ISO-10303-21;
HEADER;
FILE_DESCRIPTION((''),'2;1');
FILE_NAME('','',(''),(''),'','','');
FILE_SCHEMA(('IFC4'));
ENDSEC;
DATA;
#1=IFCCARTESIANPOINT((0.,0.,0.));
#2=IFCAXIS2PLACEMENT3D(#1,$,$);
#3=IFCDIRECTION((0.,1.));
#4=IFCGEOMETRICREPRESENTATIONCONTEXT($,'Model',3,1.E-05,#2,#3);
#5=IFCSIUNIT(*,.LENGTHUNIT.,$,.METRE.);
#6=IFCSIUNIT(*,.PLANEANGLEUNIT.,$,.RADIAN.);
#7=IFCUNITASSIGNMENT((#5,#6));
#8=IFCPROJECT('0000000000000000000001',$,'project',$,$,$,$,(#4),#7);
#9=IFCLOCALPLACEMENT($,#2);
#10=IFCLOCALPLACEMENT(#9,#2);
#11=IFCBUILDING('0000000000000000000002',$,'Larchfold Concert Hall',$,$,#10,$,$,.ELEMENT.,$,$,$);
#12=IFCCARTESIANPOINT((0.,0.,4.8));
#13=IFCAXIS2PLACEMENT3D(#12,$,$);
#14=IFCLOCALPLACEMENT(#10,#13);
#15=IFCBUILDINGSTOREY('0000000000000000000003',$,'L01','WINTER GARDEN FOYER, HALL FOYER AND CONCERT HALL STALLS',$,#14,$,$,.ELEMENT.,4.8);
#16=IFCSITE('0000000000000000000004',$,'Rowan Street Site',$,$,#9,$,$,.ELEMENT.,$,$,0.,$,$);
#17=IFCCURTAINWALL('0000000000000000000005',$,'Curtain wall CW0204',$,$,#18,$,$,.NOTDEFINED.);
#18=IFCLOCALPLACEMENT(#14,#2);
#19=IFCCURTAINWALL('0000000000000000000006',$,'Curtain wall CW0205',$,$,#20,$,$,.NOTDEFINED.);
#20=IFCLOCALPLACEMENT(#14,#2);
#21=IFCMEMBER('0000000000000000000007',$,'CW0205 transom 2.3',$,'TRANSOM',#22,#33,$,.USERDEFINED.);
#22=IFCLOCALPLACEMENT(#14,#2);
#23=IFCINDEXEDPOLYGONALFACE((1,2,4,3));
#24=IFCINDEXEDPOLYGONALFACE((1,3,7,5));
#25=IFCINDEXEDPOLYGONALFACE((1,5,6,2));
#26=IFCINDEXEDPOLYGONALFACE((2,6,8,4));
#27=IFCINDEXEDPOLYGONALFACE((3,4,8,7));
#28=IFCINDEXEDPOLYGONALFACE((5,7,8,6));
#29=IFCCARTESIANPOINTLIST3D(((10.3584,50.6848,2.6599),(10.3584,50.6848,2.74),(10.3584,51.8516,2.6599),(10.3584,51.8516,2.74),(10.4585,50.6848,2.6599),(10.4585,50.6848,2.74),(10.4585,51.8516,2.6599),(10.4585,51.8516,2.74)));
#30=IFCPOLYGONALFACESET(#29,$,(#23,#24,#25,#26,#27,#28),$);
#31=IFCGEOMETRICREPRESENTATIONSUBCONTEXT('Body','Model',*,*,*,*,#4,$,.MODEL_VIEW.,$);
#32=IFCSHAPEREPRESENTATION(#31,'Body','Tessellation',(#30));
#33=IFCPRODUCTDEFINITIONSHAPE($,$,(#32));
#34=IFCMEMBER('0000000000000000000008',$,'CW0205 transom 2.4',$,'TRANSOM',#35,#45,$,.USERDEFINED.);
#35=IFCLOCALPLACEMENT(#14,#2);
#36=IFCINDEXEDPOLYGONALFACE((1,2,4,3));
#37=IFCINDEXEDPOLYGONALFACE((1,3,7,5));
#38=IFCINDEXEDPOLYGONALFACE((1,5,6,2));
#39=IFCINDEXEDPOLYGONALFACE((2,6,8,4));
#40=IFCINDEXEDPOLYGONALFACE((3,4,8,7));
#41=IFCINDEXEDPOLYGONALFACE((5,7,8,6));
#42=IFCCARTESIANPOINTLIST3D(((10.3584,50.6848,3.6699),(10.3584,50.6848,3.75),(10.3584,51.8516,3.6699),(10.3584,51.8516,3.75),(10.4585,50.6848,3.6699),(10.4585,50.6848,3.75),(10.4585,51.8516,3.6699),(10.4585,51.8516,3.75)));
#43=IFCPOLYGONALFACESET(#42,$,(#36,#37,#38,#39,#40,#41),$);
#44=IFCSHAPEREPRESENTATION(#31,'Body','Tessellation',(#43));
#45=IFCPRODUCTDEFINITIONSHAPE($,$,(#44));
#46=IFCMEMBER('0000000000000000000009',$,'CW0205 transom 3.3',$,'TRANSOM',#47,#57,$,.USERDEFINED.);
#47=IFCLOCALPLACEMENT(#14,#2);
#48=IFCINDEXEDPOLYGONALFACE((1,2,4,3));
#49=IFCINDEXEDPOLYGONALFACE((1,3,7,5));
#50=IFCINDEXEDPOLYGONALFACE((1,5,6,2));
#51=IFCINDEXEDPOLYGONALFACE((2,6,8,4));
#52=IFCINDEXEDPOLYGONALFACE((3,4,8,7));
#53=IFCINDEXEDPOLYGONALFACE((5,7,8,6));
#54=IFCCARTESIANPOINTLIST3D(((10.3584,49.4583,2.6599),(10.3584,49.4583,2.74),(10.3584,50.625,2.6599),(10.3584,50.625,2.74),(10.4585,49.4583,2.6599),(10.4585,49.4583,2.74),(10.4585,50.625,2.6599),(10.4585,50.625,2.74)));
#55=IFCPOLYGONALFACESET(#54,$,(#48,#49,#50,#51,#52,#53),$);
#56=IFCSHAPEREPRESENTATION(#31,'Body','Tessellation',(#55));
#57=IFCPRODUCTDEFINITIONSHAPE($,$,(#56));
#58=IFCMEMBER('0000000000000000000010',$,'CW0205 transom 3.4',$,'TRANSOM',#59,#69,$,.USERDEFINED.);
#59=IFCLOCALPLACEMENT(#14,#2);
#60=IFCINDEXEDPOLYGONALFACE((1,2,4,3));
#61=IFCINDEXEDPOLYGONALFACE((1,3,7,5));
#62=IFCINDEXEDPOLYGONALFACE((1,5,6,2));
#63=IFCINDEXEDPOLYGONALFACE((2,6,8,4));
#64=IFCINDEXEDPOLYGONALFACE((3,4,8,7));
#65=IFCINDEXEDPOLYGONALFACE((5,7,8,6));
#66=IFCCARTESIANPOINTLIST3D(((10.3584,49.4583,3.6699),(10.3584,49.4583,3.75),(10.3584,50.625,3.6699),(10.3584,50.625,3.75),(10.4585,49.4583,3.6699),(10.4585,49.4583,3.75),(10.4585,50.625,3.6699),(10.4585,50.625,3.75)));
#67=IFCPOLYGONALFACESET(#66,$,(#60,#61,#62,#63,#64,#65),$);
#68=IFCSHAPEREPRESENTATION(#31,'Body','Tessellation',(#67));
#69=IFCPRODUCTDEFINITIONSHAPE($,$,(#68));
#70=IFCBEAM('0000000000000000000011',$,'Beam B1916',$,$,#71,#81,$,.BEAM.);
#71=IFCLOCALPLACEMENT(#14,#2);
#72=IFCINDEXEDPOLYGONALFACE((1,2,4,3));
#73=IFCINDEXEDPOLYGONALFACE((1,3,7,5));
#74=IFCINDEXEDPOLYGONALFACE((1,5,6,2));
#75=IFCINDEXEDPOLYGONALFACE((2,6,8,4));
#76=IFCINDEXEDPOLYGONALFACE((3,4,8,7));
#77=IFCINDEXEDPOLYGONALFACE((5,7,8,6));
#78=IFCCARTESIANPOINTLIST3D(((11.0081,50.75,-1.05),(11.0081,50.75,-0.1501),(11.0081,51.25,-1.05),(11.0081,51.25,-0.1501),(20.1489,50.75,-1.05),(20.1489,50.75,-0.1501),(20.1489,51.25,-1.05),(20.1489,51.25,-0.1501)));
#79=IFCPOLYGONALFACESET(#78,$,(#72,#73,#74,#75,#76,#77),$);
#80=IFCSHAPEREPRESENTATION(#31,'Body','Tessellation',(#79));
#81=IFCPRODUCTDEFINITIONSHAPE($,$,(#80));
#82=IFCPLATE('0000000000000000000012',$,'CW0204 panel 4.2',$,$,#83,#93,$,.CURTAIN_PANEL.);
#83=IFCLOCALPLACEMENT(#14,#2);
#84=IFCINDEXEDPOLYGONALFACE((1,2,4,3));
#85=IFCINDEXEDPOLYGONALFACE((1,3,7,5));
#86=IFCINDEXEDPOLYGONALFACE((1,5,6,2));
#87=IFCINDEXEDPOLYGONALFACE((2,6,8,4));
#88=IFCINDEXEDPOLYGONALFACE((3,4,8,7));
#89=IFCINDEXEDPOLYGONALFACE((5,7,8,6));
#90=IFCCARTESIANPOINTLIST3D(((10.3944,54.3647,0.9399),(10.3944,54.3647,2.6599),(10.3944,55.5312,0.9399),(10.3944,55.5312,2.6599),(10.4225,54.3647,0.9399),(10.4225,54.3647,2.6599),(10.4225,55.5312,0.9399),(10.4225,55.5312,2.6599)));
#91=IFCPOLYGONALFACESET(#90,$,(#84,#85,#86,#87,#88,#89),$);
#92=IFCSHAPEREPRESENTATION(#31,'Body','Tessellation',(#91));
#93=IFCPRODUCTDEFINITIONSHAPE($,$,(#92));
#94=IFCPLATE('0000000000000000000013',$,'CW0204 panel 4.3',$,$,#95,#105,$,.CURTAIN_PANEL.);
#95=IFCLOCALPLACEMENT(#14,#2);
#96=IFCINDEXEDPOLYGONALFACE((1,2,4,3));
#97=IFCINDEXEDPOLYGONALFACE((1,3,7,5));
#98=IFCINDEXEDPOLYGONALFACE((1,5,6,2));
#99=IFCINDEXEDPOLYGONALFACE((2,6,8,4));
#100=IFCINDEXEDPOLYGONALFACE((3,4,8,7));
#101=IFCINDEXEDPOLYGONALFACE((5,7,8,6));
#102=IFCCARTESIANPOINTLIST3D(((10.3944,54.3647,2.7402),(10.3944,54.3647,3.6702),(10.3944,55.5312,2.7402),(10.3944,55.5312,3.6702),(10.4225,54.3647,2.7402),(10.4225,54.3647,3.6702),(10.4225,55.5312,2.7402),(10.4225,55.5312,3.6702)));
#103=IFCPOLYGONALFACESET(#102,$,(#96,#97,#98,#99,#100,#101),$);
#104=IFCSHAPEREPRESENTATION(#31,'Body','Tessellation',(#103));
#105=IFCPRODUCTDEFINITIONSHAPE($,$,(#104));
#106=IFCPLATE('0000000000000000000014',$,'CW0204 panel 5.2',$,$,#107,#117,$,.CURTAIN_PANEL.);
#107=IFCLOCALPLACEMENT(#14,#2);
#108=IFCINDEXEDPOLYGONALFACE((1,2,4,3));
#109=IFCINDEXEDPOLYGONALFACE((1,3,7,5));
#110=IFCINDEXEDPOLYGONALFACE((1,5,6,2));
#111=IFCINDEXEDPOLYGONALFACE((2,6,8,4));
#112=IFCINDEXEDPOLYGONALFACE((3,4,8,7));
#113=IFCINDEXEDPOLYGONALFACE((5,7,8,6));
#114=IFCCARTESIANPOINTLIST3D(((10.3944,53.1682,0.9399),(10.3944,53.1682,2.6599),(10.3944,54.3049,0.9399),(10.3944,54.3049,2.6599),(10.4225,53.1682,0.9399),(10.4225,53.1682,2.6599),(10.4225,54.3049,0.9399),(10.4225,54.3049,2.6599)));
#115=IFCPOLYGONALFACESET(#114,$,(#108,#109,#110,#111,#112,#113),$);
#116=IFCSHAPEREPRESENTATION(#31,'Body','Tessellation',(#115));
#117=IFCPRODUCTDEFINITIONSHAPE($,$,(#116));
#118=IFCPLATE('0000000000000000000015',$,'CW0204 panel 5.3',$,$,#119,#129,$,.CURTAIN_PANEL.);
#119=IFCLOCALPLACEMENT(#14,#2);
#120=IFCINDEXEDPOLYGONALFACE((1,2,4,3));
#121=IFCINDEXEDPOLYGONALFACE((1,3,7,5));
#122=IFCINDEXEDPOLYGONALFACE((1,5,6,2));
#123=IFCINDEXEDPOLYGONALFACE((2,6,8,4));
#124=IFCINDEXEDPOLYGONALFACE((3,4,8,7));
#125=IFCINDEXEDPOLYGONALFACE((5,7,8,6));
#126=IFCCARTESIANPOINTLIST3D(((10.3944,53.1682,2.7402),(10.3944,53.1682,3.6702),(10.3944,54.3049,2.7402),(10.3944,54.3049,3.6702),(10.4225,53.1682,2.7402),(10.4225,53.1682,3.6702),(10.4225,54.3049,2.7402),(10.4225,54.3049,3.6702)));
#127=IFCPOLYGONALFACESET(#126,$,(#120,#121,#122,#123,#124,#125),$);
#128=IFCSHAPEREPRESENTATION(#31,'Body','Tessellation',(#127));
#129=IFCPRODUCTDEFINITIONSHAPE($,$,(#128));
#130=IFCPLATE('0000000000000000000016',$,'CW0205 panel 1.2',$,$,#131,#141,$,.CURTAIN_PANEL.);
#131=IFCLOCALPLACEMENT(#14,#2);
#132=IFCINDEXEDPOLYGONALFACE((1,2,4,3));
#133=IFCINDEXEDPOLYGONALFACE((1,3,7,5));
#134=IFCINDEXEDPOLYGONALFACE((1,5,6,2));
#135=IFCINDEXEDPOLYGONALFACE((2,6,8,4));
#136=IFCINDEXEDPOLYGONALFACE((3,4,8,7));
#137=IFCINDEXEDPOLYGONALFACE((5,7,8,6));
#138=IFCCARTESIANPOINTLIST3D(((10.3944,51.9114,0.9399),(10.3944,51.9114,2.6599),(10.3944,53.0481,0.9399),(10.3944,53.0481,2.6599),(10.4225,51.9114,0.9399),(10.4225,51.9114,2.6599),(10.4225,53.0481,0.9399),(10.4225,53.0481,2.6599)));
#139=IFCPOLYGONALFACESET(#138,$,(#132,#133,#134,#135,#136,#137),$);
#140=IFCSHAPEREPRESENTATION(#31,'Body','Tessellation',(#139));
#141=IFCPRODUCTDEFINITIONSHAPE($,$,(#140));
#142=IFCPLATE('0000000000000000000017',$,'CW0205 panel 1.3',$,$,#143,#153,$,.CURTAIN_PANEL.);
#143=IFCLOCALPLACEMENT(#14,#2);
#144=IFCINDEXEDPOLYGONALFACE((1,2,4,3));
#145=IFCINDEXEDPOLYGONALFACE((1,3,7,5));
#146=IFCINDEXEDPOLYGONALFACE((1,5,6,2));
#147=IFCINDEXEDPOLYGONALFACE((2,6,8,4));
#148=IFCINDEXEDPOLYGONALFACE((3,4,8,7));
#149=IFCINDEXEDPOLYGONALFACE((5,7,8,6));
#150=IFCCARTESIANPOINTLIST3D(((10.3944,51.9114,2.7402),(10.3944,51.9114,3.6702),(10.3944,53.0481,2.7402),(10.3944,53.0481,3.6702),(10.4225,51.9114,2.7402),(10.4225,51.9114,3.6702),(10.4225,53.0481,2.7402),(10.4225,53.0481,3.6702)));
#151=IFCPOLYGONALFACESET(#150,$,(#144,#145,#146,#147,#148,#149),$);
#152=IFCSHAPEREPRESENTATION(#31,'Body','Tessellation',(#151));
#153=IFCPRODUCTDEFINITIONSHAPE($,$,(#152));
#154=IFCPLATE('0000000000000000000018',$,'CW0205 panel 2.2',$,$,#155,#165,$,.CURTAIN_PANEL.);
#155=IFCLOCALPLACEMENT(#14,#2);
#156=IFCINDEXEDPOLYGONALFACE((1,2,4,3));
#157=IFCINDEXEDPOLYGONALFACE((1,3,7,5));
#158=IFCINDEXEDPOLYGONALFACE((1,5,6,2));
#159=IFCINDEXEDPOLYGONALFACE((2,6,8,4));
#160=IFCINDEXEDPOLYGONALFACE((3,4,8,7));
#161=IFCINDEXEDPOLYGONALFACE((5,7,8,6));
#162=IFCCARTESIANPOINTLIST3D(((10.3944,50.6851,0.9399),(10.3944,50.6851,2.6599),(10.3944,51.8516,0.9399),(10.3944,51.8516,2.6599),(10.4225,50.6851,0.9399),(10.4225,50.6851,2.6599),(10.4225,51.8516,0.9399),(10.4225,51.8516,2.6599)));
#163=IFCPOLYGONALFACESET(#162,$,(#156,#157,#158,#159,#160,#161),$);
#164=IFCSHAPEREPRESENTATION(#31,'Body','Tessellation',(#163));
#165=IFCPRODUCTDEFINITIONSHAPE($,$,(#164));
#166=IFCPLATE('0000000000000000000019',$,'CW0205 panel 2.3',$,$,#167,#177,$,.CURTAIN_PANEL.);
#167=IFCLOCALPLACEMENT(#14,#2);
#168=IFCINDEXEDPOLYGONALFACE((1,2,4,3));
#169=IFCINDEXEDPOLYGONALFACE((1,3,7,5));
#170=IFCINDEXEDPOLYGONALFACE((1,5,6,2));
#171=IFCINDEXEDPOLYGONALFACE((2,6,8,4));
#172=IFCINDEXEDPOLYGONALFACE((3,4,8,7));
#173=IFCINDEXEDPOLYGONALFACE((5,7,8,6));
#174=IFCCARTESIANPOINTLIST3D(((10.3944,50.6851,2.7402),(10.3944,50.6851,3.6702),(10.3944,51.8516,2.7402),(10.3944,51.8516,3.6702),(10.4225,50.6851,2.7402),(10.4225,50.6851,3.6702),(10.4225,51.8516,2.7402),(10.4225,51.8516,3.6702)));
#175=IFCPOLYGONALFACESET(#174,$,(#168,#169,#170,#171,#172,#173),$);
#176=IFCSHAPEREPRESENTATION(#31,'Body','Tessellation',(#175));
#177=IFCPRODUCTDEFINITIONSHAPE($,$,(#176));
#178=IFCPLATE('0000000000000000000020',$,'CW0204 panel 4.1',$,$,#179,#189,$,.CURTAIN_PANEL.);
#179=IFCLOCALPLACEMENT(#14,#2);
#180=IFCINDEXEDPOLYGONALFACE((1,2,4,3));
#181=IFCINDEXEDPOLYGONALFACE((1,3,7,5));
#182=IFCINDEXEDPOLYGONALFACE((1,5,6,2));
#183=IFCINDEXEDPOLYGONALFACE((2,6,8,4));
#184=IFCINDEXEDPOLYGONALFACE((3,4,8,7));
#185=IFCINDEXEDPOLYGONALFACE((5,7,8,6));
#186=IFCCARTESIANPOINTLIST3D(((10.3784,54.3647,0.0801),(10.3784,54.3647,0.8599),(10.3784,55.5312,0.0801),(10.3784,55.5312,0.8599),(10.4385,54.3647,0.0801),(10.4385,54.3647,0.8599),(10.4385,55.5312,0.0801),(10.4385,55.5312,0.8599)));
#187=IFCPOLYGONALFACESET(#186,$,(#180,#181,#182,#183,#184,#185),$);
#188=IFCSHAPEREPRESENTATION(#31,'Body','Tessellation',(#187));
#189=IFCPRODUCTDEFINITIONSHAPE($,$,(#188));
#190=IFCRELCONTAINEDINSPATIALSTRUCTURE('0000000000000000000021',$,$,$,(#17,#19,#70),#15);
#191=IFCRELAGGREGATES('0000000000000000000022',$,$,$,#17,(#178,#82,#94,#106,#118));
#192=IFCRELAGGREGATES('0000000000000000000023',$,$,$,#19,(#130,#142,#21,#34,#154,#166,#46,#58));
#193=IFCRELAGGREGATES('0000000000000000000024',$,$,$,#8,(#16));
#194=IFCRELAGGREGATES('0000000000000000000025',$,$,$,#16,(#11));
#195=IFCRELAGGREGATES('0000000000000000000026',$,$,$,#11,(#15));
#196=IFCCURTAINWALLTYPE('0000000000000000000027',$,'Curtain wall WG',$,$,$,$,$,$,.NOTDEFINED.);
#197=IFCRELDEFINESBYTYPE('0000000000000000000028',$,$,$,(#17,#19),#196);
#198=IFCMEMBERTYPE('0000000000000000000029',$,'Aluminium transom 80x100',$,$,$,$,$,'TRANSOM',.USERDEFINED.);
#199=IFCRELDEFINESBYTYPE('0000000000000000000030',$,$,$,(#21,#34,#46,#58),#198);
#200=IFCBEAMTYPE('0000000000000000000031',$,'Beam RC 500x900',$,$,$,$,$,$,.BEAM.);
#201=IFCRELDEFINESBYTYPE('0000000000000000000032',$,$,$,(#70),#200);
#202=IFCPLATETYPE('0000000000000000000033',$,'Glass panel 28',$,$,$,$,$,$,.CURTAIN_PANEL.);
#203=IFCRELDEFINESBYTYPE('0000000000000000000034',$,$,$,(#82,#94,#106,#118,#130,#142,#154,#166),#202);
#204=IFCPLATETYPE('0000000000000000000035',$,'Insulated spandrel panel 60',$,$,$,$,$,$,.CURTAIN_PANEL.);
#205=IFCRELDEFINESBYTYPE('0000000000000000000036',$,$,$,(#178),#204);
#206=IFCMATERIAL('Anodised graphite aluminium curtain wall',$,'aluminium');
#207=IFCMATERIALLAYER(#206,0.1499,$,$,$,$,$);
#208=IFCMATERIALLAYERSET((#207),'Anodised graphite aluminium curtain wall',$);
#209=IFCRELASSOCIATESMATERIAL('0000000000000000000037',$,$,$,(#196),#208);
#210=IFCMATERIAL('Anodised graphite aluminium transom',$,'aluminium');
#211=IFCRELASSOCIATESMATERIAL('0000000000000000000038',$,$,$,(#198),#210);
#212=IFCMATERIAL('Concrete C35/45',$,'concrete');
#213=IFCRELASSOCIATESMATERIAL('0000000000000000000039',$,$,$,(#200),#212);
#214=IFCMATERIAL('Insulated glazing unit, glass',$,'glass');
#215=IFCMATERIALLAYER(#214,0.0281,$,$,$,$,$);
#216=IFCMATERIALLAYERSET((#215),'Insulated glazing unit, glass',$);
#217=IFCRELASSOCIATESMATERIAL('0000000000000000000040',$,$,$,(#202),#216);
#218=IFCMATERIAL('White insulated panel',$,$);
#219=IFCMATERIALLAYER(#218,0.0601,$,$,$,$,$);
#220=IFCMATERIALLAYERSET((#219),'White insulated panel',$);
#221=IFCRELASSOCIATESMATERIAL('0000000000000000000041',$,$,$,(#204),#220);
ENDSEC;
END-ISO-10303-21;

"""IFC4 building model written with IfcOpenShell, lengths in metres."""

from ifc_helpers import new_model, si_unit, direction, frame, origin, origin_2d, place, context, subcontext, project, spatial, rectangle, extrude, material, layer, layer_set, material_profile, profile_set, type_object, element, aggregate, save


model = new_model("IFC4")

# Units and contexts
model_context = context("Model", 3, precision=1e-05, world=origin(), true_north=direction((0.0, 1.0)))
body_context = subcontext(model_context, "Body", "Model", "MODEL_VIEW")
ifc_project = project(units=[si_unit("LENGTHUNIT", "METRE"), si_unit("PLANEANGLEUNIT", "RADIAN")], contexts=[model_context])

# Site, building, storey
site_placement = place(None, origin())
site = spatial("IfcSite", under=ifc_project, at=site_placement, Name="Rowan Street Site", CompositionType="ELEMENT", RefElevation=0.0)
building_placement = place(site_placement, origin())
building = spatial("IfcBuilding", under=site, at=building_placement, Name="Larchfold Concert Hall", CompositionType="ELEMENT")
storey_placement = place(building_placement, frame((0.0, 0.0, 4.8)))
storey = spatial("IfcBuildingStorey", under=building, at=storey_placement, Name="L01", Description="WINTER GARDEN FOYER, HALL FOYER AND CONCERT HALL STALLS", CompositionType="ELEMENT", Elevation=4.8)

# Curtain walls
ifc_material_1 = material(Name="Anodised graphite aluminium curtain wall", Category="aluminium")
ifc_layer_1 = layer(ifc_material_1, 0.1499)
ifc_layer_set_1 = layer_set([ifc_layer_1], Name="Anodised graphite aluminium curtain wall")
curtain_wall_type = type_object("IfcCurtainWallType", Name="Curtain wall WG", PredefinedType="NOTDEFINED", material=ifc_layer_set_1)
curtain_wall_1_placement = place(storey_placement, origin())
curtain_wall_1 = element("IfcCurtainWall", 1, at=curtain_wall_1_placement, inside=storey, type_object=curtain_wall_type, Name="Curtain wall CW0204", PredefinedType="NOTDEFINED")
curtain_wall_2_placement = place(storey_placement, origin())
curtain_wall_2 = element("IfcCurtainWall", 2, at=curtain_wall_2_placement, inside=storey, type_object=curtain_wall_type, Name="Curtain wall CW0205", PredefinedType="NOTDEFINED")

# Members
ifc_material_2 = material(Name="Anodised graphite aluminium transom", Category="aluminium")
ifc_material_profile_1 = material_profile(ifc_material_2, rectangle(XDim=0.1001, YDim=0.0801, at=origin_2d()))
ifc_profile_set_1 = profile_set([ifc_material_profile_1], Name="Anodised graphite aluminium transom")
member_type_1 = type_object("IfcMemberType", Name="Aluminium transom 80x100", ElementType="TRANSOM", PredefinedType="USERDEFINED", material=ifc_profile_set_1)
member_1_placement = place(storey_placement, frame((10.4084, 51.8516, 2.7), z_axis=(0.0, -1.0, 0.0), x_axis=(1.0, 0.0, 0.0)))
member_1 = element("IfcMember", 3, at=member_1_placement, type_object=member_type_1, Name="CW0205 transom 2.3", ObjectType="TRANSOM", PredefinedType="USERDEFINED", context=body_context, shape_type="SweptSolid", body=[
    extrude(rectangle(XDim=0.1001, YDim=0.0801, at=origin_2d()), origin(), (0.0, 0.0, 1.0), 1.1667),
])
member_2_placement = place(storey_placement, frame((10.4084, 51.8516, 3.71), z_axis=(0.0, -1.0, 0.0), x_axis=(1.0, 0.0, 0.0)))
member_2 = element("IfcMember", 4, at=member_2_placement, type_object=member_type_1, Name="CW0205 transom 2.4", ObjectType="TRANSOM", PredefinedType="USERDEFINED", context=body_context, shape_type="SweptSolid", body=[
    extrude(rectangle(XDim=0.1001, YDim=0.0801, at=origin_2d()), origin(), (0.0, 0.0, 1.0), 1.1667),
])
member_3_placement = place(storey_placement, frame((10.4084, 50.625, 2.7), z_axis=(0.0, -1.0, 0.0), x_axis=(1.0, 0.0, 0.0)))
member_3 = element("IfcMember", 5, at=member_3_placement, type_object=member_type_1, Name="CW0205 transom 3.3", ObjectType="TRANSOM", PredefinedType="USERDEFINED", context=body_context, shape_type="SweptSolid", body=[
    extrude(rectangle(XDim=0.1001, YDim=0.0801, at=origin_2d()), origin(), (0.0, 0.0, 1.0), 1.1667),
])
member_4_placement = place(storey_placement, frame((10.4084, 50.625, 3.71), z_axis=(0.0, -1.0, 0.0), x_axis=(1.0, 0.0, 0.0)))
member_4 = element("IfcMember", 6, at=member_4_placement, type_object=member_type_1, Name="CW0205 transom 3.4", ObjectType="TRANSOM", PredefinedType="USERDEFINED", context=body_context, shape_type="SweptSolid", body=[
    extrude(rectangle(XDim=0.1001, YDim=0.0801, at=origin_2d()), origin(), (0.0, 0.0, 1.0), 1.1667),
])

# Beam
ifc_material_3 = material(Name="Concrete C35/45", Category="concrete")
ifc_material_profile_2 = material_profile(ifc_material_3, rectangle(XDim=0.5, YDim=0.8999, at=origin_2d()))
ifc_profile_set_2 = profile_set([ifc_material_profile_2], Name="Concrete C35/45")
beam_type = type_object("IfcBeamType", Name="Beam RC 500x900", PredefinedType="BEAM", material=ifc_profile_set_2)
beam_placement = place(storey_placement, frame((11.0081, 51.0, -0.6001), z_axis=(1.0, 0.0, 0.0), x_axis=(0.0, 1.0, 0.0)))
element("IfcBeam", 7, at=beam_placement, inside=storey, type_object=beam_type, Name="Beam B1916", PredefinedType="BEAM", context=body_context, shape_type="SweptSolid", body=[
    extrude(rectangle(XDim=0.5, YDim=0.8999, at=origin_2d()), origin(), (0.0, 0.0, 1.0), 9.1409),
])

# Plates
ifc_material_4 = material(Name="Insulated glazing unit, glass", Category="glass")
ifc_layer_2 = layer(ifc_material_4, 0.0281)
ifc_layer_set_2 = layer_set([ifc_layer_2], Name="Insulated glazing unit, glass")
plate_type_1 = type_object("IfcPlateType", Name="Glass panel 28", PredefinedType="CURTAIN_PANEL", material=ifc_layer_set_2)
plate_1_placement = place(storey_placement, frame((10.4084, 54.948, 0.9399), z_axis=(0.0, 0.0, 1.0), x_axis=(0.0, -1.0, 0.0)))
plate_1 = element("IfcPlate", 8, at=plate_1_placement, type_object=plate_type_1, Name="CW0204 panel 4.2", PredefinedType="CURTAIN_PANEL", context=body_context, shape_type="SweptSolid", body=[
    extrude(rectangle(XDim=1.1665, YDim=0.0281, at=origin_2d()), origin(), (0.0, 0.0, 1.0), 1.72),
])
plate_2_placement = place(storey_placement, frame((10.4084, 54.948, 2.7402), z_axis=(0.0, 0.0, 1.0), x_axis=(0.0, -1.0, 0.0)))
plate_2 = element("IfcPlate", 9, at=plate_2_placement, type_object=plate_type_1, Name="CW0204 panel 4.3", PredefinedType="CURTAIN_PANEL", context=body_context, shape_type="SweptSolid", body=[
    extrude(rectangle(XDim=1.1665, YDim=0.0281, at=origin_2d()), origin(), (0.0, 0.0, 1.0), 0.9299),
])
plate_3_placement = place(storey_placement, frame((10.4084, 53.7366, 0.9399), z_axis=(0.0, 0.0, 1.0), x_axis=(0.0, -1.0, 0.0)))
plate_3 = element("IfcPlate", 10, at=plate_3_placement, type_object=plate_type_1, Name="CW0204 panel 5.2", PredefinedType="CURTAIN_PANEL", context=body_context, shape_type="SweptSolid", body=[
    extrude(rectangle(XDim=1.1367, YDim=0.0281, at=origin_2d()), origin(), (0.0, 0.0, 1.0), 1.72),
])
plate_4_placement = place(storey_placement, frame((10.4084, 53.7366, 2.7402), z_axis=(0.0, 0.0, 1.0), x_axis=(0.0, -1.0, 0.0)))
plate_4 = element("IfcPlate", 11, at=plate_4_placement, type_object=plate_type_1, Name="CW0204 panel 5.3", PredefinedType="CURTAIN_PANEL", context=body_context, shape_type="SweptSolid", body=[
    extrude(rectangle(XDim=1.1367, YDim=0.0281, at=origin_2d()), origin(), (0.0, 0.0, 1.0), 0.9299),
])
plate_5_placement = place(storey_placement, frame((10.4084, 52.4797, 0.9399), z_axis=(0.0, 0.0, 1.0), x_axis=(0.0, -1.0, 0.0)))
plate_5 = element("IfcPlate", 12, at=plate_5_placement, type_object=plate_type_1, Name="CW0205 panel 1.2", PredefinedType="CURTAIN_PANEL", context=body_context, shape_type="SweptSolid", body=[
    extrude(rectangle(XDim=1.1367, YDim=0.0281, at=origin_2d()), origin(), (0.0, 0.0, 1.0), 1.72),
])
plate_6_placement = place(storey_placement, frame((10.4084, 52.4797, 2.7402), z_axis=(0.0, 0.0, 1.0), x_axis=(0.0, -1.0, 0.0)))
plate_6 = element("IfcPlate", 13, at=plate_6_placement, type_object=plate_type_1, Name="CW0205 panel 1.3", PredefinedType="CURTAIN_PANEL", context=body_context, shape_type="SweptSolid", body=[
    extrude(rectangle(XDim=1.1367, YDim=0.0281, at=origin_2d()), origin(), (0.0, 0.0, 1.0), 0.9299),
])
plate_7_placement = place(storey_placement, frame((10.4084, 51.2683, 0.9399), z_axis=(0.0, 0.0, 1.0), x_axis=(0.0, -1.0, 0.0)))
plate_7 = element("IfcPlate", 14, at=plate_7_placement, type_object=plate_type_1, Name="CW0205 panel 2.2", PredefinedType="CURTAIN_PANEL", context=body_context, shape_type="SweptSolid", body=[
    extrude(rectangle(XDim=1.1665, YDim=0.0281, at=origin_2d()), origin(), (0.0, 0.0, 1.0), 1.72),
])
plate_8_placement = place(storey_placement, frame((10.4084, 51.2683, 2.7402), z_axis=(0.0, 0.0, 1.0), x_axis=(0.0, -1.0, 0.0)))
plate_8 = element("IfcPlate", 15, at=plate_8_placement, type_object=plate_type_1, Name="CW0205 panel 2.3", PredefinedType="CURTAIN_PANEL", context=body_context, shape_type="SweptSolid", body=[
    extrude(rectangle(XDim=1.1665, YDim=0.0281, at=origin_2d()), origin(), (0.0, 0.0, 1.0), 0.9299),
])
ifc_material_5 = material(Name="White insulated panel")
ifc_layer_3 = layer(ifc_material_5, 0.0601)
ifc_layer_set_3 = layer_set([ifc_layer_3], Name="White insulated panel")
plate_type_2 = type_object("IfcPlateType", Name="Insulated spandrel panel 60", PredefinedType="CURTAIN_PANEL", material=ifc_layer_set_3)
plate_9_placement = place(storey_placement, frame((10.4084, 54.948, 0.0801), z_axis=(0.0, 0.0, 1.0), x_axis=(0.0, -1.0, 0.0)))
plate_9 = element("IfcPlate", 16, at=plate_9_placement, type_object=plate_type_2, Name="CW0204 panel 4.1", PredefinedType="CURTAIN_PANEL", context=body_context, shape_type="SweptSolid", body=[
    extrude(rectangle(XDim=1.1665, YDim=0.0601, at=origin_2d()), origin(), (0.0, 0.0, 1.0), 0.7798),
])
aggregate(curtain_wall_1, [plate_9, plate_1, plate_2, plate_3, plate_4])
aggregate(curtain_wall_2, [plate_5, plate_6, member_1, member_2, plate_7, plate_8, member_3, member_4])

save(model, "model.ifc")
